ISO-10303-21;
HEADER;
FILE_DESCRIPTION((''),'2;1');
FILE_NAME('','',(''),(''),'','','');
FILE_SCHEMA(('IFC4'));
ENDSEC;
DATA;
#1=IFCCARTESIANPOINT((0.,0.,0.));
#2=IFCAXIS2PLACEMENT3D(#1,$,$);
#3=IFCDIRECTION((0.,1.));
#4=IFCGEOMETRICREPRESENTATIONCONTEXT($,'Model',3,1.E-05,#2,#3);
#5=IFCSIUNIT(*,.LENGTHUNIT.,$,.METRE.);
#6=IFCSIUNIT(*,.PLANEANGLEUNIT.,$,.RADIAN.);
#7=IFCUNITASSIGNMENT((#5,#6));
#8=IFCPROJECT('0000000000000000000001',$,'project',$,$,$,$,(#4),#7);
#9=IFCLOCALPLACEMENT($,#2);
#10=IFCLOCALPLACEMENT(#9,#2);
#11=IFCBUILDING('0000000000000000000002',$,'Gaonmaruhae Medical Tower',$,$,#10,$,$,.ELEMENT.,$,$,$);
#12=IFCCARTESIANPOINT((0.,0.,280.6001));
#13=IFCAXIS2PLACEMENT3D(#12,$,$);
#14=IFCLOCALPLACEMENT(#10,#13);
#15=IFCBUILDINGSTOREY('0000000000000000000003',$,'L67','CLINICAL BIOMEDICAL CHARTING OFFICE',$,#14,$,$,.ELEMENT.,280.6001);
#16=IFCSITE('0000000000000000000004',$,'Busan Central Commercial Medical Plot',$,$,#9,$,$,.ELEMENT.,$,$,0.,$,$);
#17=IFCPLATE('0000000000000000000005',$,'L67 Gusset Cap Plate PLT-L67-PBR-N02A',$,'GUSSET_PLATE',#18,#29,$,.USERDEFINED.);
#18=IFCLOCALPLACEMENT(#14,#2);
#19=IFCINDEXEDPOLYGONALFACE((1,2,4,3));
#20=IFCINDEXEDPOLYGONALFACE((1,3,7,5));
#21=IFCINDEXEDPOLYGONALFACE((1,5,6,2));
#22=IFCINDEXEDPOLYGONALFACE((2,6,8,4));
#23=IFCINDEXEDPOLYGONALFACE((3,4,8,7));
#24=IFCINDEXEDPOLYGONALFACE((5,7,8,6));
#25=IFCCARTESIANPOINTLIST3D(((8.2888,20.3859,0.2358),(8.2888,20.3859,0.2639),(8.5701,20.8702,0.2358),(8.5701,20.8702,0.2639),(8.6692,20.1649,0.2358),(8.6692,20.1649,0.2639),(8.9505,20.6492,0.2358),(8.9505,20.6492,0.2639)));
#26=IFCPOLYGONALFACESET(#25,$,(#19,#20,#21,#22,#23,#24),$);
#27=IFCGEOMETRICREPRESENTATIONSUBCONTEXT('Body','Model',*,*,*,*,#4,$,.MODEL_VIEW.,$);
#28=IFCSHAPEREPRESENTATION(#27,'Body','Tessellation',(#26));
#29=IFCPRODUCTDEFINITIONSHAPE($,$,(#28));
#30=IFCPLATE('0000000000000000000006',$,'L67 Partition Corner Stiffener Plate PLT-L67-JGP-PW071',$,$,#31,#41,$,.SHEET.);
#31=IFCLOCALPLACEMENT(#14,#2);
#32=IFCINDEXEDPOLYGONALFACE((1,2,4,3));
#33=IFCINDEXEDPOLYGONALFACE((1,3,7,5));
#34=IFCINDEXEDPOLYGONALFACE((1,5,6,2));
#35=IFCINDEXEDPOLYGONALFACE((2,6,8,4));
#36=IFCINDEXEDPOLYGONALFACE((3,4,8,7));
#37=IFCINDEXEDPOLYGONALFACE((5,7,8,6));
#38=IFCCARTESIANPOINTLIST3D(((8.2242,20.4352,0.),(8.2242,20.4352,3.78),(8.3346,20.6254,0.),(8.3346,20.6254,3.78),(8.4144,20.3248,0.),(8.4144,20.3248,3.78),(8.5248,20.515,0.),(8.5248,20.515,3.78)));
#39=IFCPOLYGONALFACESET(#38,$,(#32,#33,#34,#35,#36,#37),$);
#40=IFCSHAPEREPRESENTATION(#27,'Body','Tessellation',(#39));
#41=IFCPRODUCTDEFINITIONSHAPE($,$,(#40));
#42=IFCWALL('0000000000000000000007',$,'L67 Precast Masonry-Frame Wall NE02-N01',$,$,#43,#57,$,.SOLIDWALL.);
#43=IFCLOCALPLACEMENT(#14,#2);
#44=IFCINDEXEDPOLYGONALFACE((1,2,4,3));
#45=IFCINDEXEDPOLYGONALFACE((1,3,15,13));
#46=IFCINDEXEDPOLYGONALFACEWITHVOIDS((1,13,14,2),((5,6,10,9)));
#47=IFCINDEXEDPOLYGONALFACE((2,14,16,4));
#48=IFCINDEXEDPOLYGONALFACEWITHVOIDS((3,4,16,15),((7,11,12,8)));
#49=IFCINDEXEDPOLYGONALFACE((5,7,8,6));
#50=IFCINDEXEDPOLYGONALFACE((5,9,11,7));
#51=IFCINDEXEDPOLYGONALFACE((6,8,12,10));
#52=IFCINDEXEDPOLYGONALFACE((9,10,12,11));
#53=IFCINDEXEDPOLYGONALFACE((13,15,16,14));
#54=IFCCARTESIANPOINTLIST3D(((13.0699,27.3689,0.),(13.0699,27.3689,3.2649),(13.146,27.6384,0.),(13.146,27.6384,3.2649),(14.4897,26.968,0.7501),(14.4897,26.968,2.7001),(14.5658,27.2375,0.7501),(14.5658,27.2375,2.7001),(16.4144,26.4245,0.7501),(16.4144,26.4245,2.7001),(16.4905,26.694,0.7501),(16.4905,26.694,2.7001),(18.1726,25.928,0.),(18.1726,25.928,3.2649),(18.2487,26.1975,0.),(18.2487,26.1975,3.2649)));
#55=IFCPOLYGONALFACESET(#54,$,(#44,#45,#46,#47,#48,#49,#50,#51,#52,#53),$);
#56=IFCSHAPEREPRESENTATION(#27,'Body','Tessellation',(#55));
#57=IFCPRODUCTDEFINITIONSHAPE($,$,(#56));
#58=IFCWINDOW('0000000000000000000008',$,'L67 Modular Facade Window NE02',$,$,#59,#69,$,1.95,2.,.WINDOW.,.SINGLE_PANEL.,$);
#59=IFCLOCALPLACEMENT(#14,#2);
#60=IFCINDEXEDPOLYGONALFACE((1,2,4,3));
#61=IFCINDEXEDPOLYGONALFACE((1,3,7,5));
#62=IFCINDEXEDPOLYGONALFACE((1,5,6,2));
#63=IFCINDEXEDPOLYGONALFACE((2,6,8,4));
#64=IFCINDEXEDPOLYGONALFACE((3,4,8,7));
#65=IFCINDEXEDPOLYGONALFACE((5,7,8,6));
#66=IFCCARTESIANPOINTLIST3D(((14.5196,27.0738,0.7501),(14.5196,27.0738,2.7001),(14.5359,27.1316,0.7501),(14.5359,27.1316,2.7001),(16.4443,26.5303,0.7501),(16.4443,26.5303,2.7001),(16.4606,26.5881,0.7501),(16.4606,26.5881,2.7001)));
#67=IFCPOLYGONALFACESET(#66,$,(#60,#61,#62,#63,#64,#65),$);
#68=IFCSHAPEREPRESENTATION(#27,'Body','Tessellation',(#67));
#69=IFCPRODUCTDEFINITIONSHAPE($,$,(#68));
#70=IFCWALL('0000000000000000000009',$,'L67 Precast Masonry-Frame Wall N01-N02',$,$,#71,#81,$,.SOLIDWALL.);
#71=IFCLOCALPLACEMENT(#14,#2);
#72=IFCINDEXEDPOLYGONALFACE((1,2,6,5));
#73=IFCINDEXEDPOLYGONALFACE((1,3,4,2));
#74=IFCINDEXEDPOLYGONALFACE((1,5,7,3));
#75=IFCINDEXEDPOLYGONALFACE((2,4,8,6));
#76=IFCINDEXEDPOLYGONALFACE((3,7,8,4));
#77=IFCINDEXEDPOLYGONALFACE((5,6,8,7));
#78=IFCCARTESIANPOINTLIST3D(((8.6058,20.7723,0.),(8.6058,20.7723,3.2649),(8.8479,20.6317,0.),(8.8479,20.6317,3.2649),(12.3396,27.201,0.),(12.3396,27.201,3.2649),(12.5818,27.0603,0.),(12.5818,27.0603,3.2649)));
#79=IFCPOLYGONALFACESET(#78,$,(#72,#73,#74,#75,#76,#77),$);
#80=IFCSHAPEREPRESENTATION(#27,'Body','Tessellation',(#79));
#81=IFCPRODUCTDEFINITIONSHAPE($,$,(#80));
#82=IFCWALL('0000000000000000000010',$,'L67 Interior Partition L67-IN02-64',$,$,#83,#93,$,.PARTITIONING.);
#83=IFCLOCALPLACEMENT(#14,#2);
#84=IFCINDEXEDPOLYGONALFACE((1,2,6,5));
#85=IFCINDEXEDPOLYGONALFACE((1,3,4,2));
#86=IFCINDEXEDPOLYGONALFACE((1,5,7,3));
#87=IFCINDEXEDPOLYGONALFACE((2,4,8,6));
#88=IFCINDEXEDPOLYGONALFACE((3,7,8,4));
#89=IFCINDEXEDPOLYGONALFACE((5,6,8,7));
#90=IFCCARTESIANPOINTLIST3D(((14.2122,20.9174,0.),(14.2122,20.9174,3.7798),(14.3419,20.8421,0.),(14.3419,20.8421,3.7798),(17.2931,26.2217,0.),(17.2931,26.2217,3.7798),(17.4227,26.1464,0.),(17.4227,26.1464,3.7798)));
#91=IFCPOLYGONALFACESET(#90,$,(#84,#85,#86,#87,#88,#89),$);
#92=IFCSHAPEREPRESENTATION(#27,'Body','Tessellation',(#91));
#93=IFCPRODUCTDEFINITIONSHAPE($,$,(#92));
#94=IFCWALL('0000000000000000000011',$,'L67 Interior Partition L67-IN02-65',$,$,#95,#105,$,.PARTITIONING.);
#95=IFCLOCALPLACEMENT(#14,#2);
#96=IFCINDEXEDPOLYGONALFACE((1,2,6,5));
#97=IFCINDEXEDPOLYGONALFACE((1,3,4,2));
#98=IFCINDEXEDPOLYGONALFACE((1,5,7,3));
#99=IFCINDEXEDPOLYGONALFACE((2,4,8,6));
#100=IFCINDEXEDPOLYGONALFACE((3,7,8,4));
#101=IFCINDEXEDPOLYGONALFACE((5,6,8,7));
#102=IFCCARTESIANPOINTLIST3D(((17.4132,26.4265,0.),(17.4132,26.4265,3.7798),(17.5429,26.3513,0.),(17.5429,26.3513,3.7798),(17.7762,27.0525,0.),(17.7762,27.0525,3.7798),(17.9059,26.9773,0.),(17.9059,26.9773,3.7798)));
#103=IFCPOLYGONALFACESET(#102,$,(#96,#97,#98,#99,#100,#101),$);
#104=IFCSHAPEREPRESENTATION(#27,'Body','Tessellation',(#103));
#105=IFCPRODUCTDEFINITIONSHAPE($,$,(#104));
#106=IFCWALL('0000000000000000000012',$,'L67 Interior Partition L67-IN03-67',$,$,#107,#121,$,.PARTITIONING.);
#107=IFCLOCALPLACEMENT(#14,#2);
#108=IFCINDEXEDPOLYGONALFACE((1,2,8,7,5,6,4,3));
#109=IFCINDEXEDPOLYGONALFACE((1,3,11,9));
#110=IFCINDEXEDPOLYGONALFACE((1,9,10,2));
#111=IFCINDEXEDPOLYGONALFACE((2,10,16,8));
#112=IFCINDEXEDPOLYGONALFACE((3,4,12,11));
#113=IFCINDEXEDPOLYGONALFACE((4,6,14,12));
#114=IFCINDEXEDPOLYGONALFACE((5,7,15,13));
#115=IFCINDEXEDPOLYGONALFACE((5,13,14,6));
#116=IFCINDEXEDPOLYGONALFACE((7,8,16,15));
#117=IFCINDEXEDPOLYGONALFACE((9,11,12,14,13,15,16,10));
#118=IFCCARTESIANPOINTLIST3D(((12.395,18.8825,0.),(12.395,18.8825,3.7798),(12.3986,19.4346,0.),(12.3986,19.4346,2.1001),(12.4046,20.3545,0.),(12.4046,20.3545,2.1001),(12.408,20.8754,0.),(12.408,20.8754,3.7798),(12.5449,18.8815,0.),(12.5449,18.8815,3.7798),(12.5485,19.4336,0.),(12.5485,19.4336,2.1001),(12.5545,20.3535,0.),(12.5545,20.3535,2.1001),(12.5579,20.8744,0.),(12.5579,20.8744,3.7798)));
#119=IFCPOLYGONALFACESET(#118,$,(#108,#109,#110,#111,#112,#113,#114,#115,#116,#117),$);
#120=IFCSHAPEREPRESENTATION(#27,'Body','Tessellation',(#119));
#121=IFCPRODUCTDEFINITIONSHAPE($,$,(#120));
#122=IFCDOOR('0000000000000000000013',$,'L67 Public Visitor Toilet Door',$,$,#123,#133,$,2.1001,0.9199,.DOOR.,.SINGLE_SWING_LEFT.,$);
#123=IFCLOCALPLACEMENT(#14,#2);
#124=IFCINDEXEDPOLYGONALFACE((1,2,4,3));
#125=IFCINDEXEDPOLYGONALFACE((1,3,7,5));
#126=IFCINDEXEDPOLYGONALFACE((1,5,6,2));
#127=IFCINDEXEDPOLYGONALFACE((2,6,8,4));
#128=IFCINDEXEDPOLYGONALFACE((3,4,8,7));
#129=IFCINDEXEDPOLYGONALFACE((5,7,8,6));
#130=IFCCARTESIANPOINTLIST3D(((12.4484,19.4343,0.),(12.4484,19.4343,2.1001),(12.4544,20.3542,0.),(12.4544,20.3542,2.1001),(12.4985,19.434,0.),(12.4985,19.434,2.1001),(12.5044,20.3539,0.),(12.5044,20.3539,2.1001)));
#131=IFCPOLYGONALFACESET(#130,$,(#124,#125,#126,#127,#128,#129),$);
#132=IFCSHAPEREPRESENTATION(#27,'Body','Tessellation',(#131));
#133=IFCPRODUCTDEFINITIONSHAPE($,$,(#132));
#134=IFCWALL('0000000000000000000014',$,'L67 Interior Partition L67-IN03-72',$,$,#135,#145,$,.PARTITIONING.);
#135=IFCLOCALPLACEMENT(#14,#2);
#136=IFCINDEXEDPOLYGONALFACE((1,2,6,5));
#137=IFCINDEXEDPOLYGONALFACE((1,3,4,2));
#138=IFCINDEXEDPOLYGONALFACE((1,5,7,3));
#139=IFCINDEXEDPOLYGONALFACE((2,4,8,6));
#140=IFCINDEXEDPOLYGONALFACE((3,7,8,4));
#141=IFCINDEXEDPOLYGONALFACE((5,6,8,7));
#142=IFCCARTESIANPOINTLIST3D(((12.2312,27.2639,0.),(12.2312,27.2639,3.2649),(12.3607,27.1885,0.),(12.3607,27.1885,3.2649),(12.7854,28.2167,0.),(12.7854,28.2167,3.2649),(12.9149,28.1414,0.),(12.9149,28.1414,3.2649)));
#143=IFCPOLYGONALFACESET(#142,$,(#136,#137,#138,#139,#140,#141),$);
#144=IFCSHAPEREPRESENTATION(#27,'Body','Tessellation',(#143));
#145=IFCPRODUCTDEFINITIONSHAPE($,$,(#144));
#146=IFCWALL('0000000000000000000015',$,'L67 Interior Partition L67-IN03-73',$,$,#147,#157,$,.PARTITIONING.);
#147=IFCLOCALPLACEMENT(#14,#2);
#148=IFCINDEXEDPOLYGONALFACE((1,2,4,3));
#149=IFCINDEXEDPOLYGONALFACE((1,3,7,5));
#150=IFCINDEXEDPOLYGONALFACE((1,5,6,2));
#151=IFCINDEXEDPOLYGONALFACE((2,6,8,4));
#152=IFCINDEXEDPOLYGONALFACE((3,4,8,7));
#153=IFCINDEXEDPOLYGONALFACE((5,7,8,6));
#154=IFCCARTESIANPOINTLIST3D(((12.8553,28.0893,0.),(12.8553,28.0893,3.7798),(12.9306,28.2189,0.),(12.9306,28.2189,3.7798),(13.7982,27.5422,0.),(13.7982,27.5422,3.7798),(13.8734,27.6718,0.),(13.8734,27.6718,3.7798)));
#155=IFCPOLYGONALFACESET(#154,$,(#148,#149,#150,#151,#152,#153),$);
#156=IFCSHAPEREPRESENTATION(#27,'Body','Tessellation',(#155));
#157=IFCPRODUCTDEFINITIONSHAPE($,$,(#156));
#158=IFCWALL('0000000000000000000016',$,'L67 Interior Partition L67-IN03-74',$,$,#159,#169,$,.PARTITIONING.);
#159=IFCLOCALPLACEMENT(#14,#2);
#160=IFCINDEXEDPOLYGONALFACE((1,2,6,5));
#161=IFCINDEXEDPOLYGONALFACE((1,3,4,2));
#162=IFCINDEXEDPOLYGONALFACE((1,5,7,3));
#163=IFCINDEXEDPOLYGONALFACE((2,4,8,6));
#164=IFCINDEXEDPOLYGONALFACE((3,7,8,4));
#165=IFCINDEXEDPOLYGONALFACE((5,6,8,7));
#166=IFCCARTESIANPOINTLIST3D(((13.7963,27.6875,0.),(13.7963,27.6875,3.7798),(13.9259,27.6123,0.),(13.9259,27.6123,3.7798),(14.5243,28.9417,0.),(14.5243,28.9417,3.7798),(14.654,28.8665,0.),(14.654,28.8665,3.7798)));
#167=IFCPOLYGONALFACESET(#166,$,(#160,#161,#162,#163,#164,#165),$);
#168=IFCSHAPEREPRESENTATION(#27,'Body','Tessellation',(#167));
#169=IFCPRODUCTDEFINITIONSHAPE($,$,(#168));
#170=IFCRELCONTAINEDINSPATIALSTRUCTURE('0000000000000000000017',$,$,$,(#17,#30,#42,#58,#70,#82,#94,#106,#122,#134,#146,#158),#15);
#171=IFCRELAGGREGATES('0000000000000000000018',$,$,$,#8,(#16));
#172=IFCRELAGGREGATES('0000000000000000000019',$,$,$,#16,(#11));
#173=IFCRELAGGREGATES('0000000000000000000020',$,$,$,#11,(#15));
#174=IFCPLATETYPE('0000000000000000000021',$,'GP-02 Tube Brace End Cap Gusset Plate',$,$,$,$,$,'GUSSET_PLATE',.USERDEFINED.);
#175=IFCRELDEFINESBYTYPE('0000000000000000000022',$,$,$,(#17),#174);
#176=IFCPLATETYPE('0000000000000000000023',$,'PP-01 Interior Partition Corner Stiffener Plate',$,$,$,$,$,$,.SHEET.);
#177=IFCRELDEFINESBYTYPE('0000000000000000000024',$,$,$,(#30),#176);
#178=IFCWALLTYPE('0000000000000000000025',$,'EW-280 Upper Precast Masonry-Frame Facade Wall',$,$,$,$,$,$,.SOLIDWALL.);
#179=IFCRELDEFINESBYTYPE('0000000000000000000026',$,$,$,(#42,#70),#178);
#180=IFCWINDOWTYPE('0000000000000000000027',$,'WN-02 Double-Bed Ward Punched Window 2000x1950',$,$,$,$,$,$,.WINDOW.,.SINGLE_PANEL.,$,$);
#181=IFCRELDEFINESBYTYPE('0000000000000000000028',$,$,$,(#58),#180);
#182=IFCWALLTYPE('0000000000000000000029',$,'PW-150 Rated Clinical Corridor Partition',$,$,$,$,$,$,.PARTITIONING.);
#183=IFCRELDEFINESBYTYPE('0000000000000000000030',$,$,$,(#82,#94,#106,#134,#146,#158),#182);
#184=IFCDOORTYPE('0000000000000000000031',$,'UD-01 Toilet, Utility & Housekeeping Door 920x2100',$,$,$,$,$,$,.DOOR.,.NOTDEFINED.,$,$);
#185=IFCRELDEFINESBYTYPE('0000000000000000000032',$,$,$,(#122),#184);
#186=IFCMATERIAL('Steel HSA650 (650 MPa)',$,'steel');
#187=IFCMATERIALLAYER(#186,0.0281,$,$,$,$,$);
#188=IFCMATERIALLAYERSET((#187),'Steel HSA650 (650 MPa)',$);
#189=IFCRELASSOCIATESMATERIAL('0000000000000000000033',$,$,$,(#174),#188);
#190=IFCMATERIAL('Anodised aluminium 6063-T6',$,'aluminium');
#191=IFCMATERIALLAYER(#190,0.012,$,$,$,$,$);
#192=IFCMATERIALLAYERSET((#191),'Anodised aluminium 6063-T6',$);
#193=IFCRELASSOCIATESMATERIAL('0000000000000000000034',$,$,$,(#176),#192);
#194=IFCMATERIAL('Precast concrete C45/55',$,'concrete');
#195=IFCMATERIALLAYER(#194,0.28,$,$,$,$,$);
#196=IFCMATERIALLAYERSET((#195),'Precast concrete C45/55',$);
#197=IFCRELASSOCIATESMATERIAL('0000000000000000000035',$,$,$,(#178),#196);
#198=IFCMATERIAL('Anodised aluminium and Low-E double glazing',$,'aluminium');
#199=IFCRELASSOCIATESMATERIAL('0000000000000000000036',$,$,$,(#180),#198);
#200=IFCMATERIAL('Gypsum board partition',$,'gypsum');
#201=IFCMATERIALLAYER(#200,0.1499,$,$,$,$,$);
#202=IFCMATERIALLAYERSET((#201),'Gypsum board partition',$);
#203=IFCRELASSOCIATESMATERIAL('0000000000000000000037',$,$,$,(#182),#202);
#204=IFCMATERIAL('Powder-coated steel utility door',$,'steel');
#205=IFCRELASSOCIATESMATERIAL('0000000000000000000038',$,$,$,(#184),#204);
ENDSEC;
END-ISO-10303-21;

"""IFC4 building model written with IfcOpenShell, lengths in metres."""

from ifc_helpers import new_model, si_unit, direction, frame, frame_2d, origin, origin_2d, place, context, subcontext, project, spatial, rectangle, extrude, material, layer, layer_set, type_object, element, fill, save


model = new_model("IFC4")

# Units and contexts
model_context = context("Model", 3, precision=1e-05, world=origin(), true_north=direction((0.0, 1.0)))
body_context = subcontext(model_context, "Body", "Model", "MODEL_VIEW")
ifc_project = project(units=[si_unit("LENGTHUNIT", "METRE"), si_unit("PLANEANGLEUNIT", "RADIAN")], contexts=[model_context])

# Site, building, storey
site_placement = place(None, origin())
site = spatial("IfcSite", under=ifc_project, at=site_placement, Name="Busan Central Commercial Medical Plot", CompositionType="ELEMENT", RefElevation=0.0)
building_placement = place(site_placement, origin())
building = spatial("IfcBuilding", under=site, at=building_placement, Name="Gaonmaruhae Medical Tower", CompositionType="ELEMENT")
storey_placement = place(building_placement, frame((0.0, 0.0, 280.6001)))
storey = spatial("IfcBuildingStorey", under=building, at=storey_placement, Name="L67", Description="CLINICAL BIOMEDICAL CHARTING OFFICE", CompositionType="ELEMENT", Elevation=280.6001)

# Plates
ifc_material_1 = material(Name="Steel HSA650 (650 MPa)", Category="steel")
ifc_layer_1 = layer(ifc_material_1, 0.0281)
ifc_layer_set_1 = layer_set([ifc_layer_1], Name="Steel HSA650 (650 MPa)")
plate_type_1 = type_object("IfcPlateType", Name="GP-02 Tube Brace End Cap Gusset Plate", ElementType="GUSSET_PLATE", PredefinedType="USERDEFINED", material=ifc_layer_set_1)
plate_1_placement = place(storey_placement, frame((8.6196, 20.5176, 0.2358), z_axis=(0.0, 0.0, 1.0), x_axis=(0.502266, 0.864713, 0.0)))
element("IfcPlate", 1, at=plate_1_placement, inside=storey, type_object=plate_type_1, Name="L67 Gusset Cap Plate PLT-L67-PBR-N02A", ObjectType="GUSSET_PLATE", PredefinedType="USERDEFINED", context=body_context, shape_type="SweptSolid", body=[
    extrude(rectangle(XDim=0.5601, YDim=0.4399, at=origin_2d()), origin(), (0.0, 0.0, 1.0), 0.0281),
])
ifc_material_2 = material(Name="Anodised aluminium 6063-T6", Category="aluminium")
ifc_layer_2 = layer(ifc_material_2, 0.012)
ifc_layer_set_2 = layer_set([ifc_layer_2], Name="Anodised aluminium 6063-T6")
plate_type_2 = type_object("IfcPlateType", Name="PP-01 Interior Partition Corner Stiffener Plate", PredefinedType="SHEET", material=ifc_layer_set_2)
plate_2_placement = place(storey_placement, frame((8.3745, 20.4751, 0.0), z_axis=(0.0, 0.0, 1.0), x_axis=(0.502039, 0.864845, 0.0)))
element("IfcPlate", 2, at=plate_2_placement, inside=storey, type_object=plate_type_2, Name="L67 Partition Corner Stiffener Plate PLT-L67-JGP-PW071", PredefinedType="SHEET", context=body_context, shape_type="SweptSolid", body=[
    extrude(rectangle(XDim=0.22, YDim=0.22, at=origin_2d()), origin(), (0.0, 0.0, 1.0), 3.78),
])

# Wall, opening, window
ifc_material_3 = material(Name="Precast concrete C45/55", Category="concrete")
ifc_layer_3 = layer(ifc_material_3, 0.28)
ifc_layer_set_3 = layer_set([ifc_layer_3], Name="Precast concrete C45/55")
wall_type_1 = type_object("IfcWallType", Name="EW-280 Upper Precast Masonry-Frame Facade Wall", PredefinedType="SOLIDWALL", material=ifc_layer_set_3)
wall_1_placement = place(storey_placement, frame((13.1079, 27.5037, 0.0), z_axis=(0.0, 0.0, 1.0), x_axis=(0.962367, -0.271752, 0.0)))
wall_1 = element("IfcWall", 3, at=wall_1_placement, inside=storey, type_object=wall_type_1, Name="L67 Precast Masonry-Frame Wall NE02-N01", PredefinedType="SOLIDWALL", context=body_context, shape_type="SweptSolid", body=[
    extrude(rectangle(XDim=5.3022, YDim=0.28, at=frame_2d((2.6511, 0.0))), origin(), (0.0, 0.0, 1.0), 3.2649),
])
opening_1_placement = place(wall_1_placement, frame((1.4753, 0.0, 0.75)))
opening_1 = element("IfcOpeningElement", 4, at=opening_1_placement, cuts=wall_1, PredefinedType="OPENING", context=body_context, shape_type="SweptSolid", body=[
    extrude(rectangle(XDim=2.0, YDim=1.95, at=frame_2d((1.0, 0.9751))), frame((0.0, 0.1499, 0.0), z_axis=(0.0, -1.0, 0.0), x_axis=(1.0, 0.0, 0.0)), (0.0, 0.0, 1.0), 0.3),
])
ifc_material_4 = material(Name="Anodised aluminium and Low-E double glazing", Category="aluminium")
window_type = type_object("IfcWindowType", Name="WN-02 Double-Bed Ward Punched Window 2000x1950", PartitioningType="SINGLE_PANEL", PredefinedType="WINDOW", material=ifc_material_4)
window_placement = place(opening_1_placement, origin())
window = element("IfcWindow", 5, at=window_placement, inside=storey, type_object=window_type, Name="L67 Modular Facade Window NE02", OverallHeight=1.95, OverallWidth=2.0, PartitioningType="SINGLE_PANEL", PredefinedType="WINDOW", context=body_context, shape_type="SweptSolid", body=[
    extrude(rectangle(XDim=2.0, YDim=1.95, at=frame_2d((1.0, 0.9751))), frame((0.0, 0.03, 0.0), z_axis=(0.0, -1.0, 0.0), x_axis=(1.0, 0.0, 0.0)), (0.0, 0.0, 1.0), 0.0601),
])
fill(opening_1, window)

# Walls
wall_2_placement = place(storey_placement, frame((8.7268, 20.7019, 0.0), z_axis=(0.0, 0.0, 1.0), x_axis=(0.502245, 0.864725, 0.0)))
element("IfcWall", 6, at=wall_2_placement, inside=storey, type_object=wall_type_1, Name="L67 Precast Masonry-Frame Wall N01-N02", PredefinedType="SOLIDWALL", context=body_context, shape_type="SweptSolid", body=[
    extrude(rectangle(XDim=7.4343, YDim=0.28, at=frame_2d((3.7173, 0.0))), origin(), (0.0, 0.0, 1.0), 3.2649),
])
ifc_material_5 = material(Name="Gypsum board partition", Category="gypsum")
ifc_layer_4 = layer(ifc_material_5, 0.1499)
ifc_layer_set_4 = layer_set([ifc_layer_4], Name="Gypsum board partition")
wall_type_2 = type_object("IfcWallType", Name="PW-150 Rated Clinical Corridor Partition", PredefinedType="PARTITIONING", material=ifc_layer_set_4)
wall_3_placement = place(storey_placement, frame((14.2771, 20.8799, 0.0), z_axis=(0.0, 0.0, 1.0), x_axis=(0.502252, 0.864721, 0.0)))
element("IfcWall", 7, at=wall_3_placement, inside=storey, type_object=wall_type_2, Name="L67 Interior Partition L67-IN02-64", PredefinedType="PARTITIONING", context=body_context, shape_type="SweptSolid", body=[
    extrude(rectangle(XDim=6.134, YDim=0.1499, at=frame_2d((3.0669, 0.0))), origin(), (0.0, 0.0, 1.0), 3.7798),
])
wall_4_placement = place(storey_placement, frame((17.478, 26.3889, 0.0), z_axis=(0.0, 0.0, 1.0), x_axis=(0.501688, 0.865049, 0.0)))
element("IfcWall", 8, at=wall_4_placement, inside=storey, type_object=wall_type_2, Name="L67 Interior Partition L67-IN02-65", PredefinedType="PARTITIONING", context=body_context, shape_type="SweptSolid", body=[
    extrude(rectangle(XDim=0.7236, YDim=0.1499, at=frame_2d((0.3618, 0.0))), origin(), (0.0, 0.0, 1.0), 3.7798),
])

# Wall, opening, door
wall_5_placement = place(storey_placement, frame((12.4829, 20.875, 0.0), z_axis=(0.0, 0.0, 1.0), x_axis=(-0.006493, -0.999979, 0.0)))
wall_5 = element("IfcWall", 9, at=wall_5_placement, inside=storey, type_object=wall_type_2, Name="L67 Interior Partition L67-IN03-67", PredefinedType="PARTITIONING", context=body_context, shape_type="SweptSolid", body=[
    extrude(rectangle(XDim=1.9929, YDim=0.1499, at=frame_2d((0.9966, 0.0))), origin(), (0.0, 0.0, 1.0), 3.7798),
])
opening_2_placement = place(wall_5_placement, frame((0.521, 0.0, 0.0)))
opening_2 = element("IfcOpeningElement", 10, at=opening_2_placement, cuts=wall_5, PredefinedType="OPENING", context=body_context, shape_type="SweptSolid", body=[
    extrude(rectangle(XDim=0.9199, YDim=2.1001, at=frame_2d((0.46, 1.05))), frame((0.0, 0.085, 0.0), z_axis=(0.0, -1.0, 0.0), x_axis=(1.0, 0.0, 0.0)), (0.0, 0.0, 1.0), 0.1699),
])
ifc_material_6 = material(Name="Powder-coated steel utility door", Category="steel")
door_type = type_object("IfcDoorType", Name="UD-01 Toilet, Utility & Housekeeping Door 920x2100", OperationType="NOTDEFINED", PredefinedType="DOOR", material=ifc_material_6)
door_placement = place(opening_2_placement, origin())
door = element("IfcDoor", 11, at=door_placement, inside=storey, type_object=door_type, Name="L67 Public Visitor Toilet Door", OperationType="SINGLE_SWING_LEFT", OverallHeight=2.1001, OverallWidth=0.9199, PredefinedType="DOOR", context=body_context, shape_type="SweptSolid", body=[
    extrude(rectangle(XDim=0.9199, YDim=2.1001, at=frame_2d((0.46, 1.05))), frame((0.0, 0.0249, 0.0), z_axis=(0.0, -1.0, 0.0), x_axis=(1.0, 0.0, 0.0)), (0.0, 0.0, 1.0), 0.05),
])
fill(opening_2, door)

# Walls
wall_6_placement = place(storey_placement, frame((12.2959, 27.2261, 0.0), z_axis=(0.0, 0.0, 1.0), x_axis=(0.502755, 0.864429, 0.0)))
element("IfcWall", 12, at=wall_6_placement, inside=storey, type_object=wall_type_2, Name="L67 Interior Partition L67-IN03-72", PredefinedType="PARTITIONING", context=body_context, shape_type="SweptSolid", body=[
    extrude(rectangle(XDim=1.1023, YDim=0.1499, at=frame_2d((0.5513, 0.0))), origin(), (0.0, 0.0, 1.0), 3.2649),
])
wall_7_placement = place(storey_placement, frame((12.8931, 28.1541, 0.0), z_axis=(0.0, 0.0, 1.0), x_axis=(0.86493, -0.501892, 0.0)))
element("IfcWall", 13, at=wall_7_placement, inside=storey, type_object=wall_type_2, Name="L67 Interior Partition L67-IN03-73", PredefinedType="PARTITIONING", context=body_context, shape_type="SweptSolid", body=[
    extrude(rectangle(XDim=1.0901, YDim=0.1499, at=frame_2d((0.5449, 0.0))), origin(), (0.0, 0.0, 1.0), 3.7798),
])
wall_8_placement = place(storey_placement, frame((13.8611, 27.6499, 0.0), z_axis=(0.0, 0.0, 1.0), x_axis=(0.502038, 0.864846, 0.0)))
element("IfcWall", 14, at=wall_8_placement, inside=storey, type_object=wall_type_2, Name="L67 Interior Partition L67-IN03-74", PredefinedType="PARTITIONING", context=body_context, shape_type="SweptSolid", body=[
    extrude(rectangle(XDim=1.4502, YDim=0.1499, at=frame_2d((0.7251, 0.0))), origin(), (0.0, 0.0, 1.0), 3.7798),
])

save(model, "model.ifc")
